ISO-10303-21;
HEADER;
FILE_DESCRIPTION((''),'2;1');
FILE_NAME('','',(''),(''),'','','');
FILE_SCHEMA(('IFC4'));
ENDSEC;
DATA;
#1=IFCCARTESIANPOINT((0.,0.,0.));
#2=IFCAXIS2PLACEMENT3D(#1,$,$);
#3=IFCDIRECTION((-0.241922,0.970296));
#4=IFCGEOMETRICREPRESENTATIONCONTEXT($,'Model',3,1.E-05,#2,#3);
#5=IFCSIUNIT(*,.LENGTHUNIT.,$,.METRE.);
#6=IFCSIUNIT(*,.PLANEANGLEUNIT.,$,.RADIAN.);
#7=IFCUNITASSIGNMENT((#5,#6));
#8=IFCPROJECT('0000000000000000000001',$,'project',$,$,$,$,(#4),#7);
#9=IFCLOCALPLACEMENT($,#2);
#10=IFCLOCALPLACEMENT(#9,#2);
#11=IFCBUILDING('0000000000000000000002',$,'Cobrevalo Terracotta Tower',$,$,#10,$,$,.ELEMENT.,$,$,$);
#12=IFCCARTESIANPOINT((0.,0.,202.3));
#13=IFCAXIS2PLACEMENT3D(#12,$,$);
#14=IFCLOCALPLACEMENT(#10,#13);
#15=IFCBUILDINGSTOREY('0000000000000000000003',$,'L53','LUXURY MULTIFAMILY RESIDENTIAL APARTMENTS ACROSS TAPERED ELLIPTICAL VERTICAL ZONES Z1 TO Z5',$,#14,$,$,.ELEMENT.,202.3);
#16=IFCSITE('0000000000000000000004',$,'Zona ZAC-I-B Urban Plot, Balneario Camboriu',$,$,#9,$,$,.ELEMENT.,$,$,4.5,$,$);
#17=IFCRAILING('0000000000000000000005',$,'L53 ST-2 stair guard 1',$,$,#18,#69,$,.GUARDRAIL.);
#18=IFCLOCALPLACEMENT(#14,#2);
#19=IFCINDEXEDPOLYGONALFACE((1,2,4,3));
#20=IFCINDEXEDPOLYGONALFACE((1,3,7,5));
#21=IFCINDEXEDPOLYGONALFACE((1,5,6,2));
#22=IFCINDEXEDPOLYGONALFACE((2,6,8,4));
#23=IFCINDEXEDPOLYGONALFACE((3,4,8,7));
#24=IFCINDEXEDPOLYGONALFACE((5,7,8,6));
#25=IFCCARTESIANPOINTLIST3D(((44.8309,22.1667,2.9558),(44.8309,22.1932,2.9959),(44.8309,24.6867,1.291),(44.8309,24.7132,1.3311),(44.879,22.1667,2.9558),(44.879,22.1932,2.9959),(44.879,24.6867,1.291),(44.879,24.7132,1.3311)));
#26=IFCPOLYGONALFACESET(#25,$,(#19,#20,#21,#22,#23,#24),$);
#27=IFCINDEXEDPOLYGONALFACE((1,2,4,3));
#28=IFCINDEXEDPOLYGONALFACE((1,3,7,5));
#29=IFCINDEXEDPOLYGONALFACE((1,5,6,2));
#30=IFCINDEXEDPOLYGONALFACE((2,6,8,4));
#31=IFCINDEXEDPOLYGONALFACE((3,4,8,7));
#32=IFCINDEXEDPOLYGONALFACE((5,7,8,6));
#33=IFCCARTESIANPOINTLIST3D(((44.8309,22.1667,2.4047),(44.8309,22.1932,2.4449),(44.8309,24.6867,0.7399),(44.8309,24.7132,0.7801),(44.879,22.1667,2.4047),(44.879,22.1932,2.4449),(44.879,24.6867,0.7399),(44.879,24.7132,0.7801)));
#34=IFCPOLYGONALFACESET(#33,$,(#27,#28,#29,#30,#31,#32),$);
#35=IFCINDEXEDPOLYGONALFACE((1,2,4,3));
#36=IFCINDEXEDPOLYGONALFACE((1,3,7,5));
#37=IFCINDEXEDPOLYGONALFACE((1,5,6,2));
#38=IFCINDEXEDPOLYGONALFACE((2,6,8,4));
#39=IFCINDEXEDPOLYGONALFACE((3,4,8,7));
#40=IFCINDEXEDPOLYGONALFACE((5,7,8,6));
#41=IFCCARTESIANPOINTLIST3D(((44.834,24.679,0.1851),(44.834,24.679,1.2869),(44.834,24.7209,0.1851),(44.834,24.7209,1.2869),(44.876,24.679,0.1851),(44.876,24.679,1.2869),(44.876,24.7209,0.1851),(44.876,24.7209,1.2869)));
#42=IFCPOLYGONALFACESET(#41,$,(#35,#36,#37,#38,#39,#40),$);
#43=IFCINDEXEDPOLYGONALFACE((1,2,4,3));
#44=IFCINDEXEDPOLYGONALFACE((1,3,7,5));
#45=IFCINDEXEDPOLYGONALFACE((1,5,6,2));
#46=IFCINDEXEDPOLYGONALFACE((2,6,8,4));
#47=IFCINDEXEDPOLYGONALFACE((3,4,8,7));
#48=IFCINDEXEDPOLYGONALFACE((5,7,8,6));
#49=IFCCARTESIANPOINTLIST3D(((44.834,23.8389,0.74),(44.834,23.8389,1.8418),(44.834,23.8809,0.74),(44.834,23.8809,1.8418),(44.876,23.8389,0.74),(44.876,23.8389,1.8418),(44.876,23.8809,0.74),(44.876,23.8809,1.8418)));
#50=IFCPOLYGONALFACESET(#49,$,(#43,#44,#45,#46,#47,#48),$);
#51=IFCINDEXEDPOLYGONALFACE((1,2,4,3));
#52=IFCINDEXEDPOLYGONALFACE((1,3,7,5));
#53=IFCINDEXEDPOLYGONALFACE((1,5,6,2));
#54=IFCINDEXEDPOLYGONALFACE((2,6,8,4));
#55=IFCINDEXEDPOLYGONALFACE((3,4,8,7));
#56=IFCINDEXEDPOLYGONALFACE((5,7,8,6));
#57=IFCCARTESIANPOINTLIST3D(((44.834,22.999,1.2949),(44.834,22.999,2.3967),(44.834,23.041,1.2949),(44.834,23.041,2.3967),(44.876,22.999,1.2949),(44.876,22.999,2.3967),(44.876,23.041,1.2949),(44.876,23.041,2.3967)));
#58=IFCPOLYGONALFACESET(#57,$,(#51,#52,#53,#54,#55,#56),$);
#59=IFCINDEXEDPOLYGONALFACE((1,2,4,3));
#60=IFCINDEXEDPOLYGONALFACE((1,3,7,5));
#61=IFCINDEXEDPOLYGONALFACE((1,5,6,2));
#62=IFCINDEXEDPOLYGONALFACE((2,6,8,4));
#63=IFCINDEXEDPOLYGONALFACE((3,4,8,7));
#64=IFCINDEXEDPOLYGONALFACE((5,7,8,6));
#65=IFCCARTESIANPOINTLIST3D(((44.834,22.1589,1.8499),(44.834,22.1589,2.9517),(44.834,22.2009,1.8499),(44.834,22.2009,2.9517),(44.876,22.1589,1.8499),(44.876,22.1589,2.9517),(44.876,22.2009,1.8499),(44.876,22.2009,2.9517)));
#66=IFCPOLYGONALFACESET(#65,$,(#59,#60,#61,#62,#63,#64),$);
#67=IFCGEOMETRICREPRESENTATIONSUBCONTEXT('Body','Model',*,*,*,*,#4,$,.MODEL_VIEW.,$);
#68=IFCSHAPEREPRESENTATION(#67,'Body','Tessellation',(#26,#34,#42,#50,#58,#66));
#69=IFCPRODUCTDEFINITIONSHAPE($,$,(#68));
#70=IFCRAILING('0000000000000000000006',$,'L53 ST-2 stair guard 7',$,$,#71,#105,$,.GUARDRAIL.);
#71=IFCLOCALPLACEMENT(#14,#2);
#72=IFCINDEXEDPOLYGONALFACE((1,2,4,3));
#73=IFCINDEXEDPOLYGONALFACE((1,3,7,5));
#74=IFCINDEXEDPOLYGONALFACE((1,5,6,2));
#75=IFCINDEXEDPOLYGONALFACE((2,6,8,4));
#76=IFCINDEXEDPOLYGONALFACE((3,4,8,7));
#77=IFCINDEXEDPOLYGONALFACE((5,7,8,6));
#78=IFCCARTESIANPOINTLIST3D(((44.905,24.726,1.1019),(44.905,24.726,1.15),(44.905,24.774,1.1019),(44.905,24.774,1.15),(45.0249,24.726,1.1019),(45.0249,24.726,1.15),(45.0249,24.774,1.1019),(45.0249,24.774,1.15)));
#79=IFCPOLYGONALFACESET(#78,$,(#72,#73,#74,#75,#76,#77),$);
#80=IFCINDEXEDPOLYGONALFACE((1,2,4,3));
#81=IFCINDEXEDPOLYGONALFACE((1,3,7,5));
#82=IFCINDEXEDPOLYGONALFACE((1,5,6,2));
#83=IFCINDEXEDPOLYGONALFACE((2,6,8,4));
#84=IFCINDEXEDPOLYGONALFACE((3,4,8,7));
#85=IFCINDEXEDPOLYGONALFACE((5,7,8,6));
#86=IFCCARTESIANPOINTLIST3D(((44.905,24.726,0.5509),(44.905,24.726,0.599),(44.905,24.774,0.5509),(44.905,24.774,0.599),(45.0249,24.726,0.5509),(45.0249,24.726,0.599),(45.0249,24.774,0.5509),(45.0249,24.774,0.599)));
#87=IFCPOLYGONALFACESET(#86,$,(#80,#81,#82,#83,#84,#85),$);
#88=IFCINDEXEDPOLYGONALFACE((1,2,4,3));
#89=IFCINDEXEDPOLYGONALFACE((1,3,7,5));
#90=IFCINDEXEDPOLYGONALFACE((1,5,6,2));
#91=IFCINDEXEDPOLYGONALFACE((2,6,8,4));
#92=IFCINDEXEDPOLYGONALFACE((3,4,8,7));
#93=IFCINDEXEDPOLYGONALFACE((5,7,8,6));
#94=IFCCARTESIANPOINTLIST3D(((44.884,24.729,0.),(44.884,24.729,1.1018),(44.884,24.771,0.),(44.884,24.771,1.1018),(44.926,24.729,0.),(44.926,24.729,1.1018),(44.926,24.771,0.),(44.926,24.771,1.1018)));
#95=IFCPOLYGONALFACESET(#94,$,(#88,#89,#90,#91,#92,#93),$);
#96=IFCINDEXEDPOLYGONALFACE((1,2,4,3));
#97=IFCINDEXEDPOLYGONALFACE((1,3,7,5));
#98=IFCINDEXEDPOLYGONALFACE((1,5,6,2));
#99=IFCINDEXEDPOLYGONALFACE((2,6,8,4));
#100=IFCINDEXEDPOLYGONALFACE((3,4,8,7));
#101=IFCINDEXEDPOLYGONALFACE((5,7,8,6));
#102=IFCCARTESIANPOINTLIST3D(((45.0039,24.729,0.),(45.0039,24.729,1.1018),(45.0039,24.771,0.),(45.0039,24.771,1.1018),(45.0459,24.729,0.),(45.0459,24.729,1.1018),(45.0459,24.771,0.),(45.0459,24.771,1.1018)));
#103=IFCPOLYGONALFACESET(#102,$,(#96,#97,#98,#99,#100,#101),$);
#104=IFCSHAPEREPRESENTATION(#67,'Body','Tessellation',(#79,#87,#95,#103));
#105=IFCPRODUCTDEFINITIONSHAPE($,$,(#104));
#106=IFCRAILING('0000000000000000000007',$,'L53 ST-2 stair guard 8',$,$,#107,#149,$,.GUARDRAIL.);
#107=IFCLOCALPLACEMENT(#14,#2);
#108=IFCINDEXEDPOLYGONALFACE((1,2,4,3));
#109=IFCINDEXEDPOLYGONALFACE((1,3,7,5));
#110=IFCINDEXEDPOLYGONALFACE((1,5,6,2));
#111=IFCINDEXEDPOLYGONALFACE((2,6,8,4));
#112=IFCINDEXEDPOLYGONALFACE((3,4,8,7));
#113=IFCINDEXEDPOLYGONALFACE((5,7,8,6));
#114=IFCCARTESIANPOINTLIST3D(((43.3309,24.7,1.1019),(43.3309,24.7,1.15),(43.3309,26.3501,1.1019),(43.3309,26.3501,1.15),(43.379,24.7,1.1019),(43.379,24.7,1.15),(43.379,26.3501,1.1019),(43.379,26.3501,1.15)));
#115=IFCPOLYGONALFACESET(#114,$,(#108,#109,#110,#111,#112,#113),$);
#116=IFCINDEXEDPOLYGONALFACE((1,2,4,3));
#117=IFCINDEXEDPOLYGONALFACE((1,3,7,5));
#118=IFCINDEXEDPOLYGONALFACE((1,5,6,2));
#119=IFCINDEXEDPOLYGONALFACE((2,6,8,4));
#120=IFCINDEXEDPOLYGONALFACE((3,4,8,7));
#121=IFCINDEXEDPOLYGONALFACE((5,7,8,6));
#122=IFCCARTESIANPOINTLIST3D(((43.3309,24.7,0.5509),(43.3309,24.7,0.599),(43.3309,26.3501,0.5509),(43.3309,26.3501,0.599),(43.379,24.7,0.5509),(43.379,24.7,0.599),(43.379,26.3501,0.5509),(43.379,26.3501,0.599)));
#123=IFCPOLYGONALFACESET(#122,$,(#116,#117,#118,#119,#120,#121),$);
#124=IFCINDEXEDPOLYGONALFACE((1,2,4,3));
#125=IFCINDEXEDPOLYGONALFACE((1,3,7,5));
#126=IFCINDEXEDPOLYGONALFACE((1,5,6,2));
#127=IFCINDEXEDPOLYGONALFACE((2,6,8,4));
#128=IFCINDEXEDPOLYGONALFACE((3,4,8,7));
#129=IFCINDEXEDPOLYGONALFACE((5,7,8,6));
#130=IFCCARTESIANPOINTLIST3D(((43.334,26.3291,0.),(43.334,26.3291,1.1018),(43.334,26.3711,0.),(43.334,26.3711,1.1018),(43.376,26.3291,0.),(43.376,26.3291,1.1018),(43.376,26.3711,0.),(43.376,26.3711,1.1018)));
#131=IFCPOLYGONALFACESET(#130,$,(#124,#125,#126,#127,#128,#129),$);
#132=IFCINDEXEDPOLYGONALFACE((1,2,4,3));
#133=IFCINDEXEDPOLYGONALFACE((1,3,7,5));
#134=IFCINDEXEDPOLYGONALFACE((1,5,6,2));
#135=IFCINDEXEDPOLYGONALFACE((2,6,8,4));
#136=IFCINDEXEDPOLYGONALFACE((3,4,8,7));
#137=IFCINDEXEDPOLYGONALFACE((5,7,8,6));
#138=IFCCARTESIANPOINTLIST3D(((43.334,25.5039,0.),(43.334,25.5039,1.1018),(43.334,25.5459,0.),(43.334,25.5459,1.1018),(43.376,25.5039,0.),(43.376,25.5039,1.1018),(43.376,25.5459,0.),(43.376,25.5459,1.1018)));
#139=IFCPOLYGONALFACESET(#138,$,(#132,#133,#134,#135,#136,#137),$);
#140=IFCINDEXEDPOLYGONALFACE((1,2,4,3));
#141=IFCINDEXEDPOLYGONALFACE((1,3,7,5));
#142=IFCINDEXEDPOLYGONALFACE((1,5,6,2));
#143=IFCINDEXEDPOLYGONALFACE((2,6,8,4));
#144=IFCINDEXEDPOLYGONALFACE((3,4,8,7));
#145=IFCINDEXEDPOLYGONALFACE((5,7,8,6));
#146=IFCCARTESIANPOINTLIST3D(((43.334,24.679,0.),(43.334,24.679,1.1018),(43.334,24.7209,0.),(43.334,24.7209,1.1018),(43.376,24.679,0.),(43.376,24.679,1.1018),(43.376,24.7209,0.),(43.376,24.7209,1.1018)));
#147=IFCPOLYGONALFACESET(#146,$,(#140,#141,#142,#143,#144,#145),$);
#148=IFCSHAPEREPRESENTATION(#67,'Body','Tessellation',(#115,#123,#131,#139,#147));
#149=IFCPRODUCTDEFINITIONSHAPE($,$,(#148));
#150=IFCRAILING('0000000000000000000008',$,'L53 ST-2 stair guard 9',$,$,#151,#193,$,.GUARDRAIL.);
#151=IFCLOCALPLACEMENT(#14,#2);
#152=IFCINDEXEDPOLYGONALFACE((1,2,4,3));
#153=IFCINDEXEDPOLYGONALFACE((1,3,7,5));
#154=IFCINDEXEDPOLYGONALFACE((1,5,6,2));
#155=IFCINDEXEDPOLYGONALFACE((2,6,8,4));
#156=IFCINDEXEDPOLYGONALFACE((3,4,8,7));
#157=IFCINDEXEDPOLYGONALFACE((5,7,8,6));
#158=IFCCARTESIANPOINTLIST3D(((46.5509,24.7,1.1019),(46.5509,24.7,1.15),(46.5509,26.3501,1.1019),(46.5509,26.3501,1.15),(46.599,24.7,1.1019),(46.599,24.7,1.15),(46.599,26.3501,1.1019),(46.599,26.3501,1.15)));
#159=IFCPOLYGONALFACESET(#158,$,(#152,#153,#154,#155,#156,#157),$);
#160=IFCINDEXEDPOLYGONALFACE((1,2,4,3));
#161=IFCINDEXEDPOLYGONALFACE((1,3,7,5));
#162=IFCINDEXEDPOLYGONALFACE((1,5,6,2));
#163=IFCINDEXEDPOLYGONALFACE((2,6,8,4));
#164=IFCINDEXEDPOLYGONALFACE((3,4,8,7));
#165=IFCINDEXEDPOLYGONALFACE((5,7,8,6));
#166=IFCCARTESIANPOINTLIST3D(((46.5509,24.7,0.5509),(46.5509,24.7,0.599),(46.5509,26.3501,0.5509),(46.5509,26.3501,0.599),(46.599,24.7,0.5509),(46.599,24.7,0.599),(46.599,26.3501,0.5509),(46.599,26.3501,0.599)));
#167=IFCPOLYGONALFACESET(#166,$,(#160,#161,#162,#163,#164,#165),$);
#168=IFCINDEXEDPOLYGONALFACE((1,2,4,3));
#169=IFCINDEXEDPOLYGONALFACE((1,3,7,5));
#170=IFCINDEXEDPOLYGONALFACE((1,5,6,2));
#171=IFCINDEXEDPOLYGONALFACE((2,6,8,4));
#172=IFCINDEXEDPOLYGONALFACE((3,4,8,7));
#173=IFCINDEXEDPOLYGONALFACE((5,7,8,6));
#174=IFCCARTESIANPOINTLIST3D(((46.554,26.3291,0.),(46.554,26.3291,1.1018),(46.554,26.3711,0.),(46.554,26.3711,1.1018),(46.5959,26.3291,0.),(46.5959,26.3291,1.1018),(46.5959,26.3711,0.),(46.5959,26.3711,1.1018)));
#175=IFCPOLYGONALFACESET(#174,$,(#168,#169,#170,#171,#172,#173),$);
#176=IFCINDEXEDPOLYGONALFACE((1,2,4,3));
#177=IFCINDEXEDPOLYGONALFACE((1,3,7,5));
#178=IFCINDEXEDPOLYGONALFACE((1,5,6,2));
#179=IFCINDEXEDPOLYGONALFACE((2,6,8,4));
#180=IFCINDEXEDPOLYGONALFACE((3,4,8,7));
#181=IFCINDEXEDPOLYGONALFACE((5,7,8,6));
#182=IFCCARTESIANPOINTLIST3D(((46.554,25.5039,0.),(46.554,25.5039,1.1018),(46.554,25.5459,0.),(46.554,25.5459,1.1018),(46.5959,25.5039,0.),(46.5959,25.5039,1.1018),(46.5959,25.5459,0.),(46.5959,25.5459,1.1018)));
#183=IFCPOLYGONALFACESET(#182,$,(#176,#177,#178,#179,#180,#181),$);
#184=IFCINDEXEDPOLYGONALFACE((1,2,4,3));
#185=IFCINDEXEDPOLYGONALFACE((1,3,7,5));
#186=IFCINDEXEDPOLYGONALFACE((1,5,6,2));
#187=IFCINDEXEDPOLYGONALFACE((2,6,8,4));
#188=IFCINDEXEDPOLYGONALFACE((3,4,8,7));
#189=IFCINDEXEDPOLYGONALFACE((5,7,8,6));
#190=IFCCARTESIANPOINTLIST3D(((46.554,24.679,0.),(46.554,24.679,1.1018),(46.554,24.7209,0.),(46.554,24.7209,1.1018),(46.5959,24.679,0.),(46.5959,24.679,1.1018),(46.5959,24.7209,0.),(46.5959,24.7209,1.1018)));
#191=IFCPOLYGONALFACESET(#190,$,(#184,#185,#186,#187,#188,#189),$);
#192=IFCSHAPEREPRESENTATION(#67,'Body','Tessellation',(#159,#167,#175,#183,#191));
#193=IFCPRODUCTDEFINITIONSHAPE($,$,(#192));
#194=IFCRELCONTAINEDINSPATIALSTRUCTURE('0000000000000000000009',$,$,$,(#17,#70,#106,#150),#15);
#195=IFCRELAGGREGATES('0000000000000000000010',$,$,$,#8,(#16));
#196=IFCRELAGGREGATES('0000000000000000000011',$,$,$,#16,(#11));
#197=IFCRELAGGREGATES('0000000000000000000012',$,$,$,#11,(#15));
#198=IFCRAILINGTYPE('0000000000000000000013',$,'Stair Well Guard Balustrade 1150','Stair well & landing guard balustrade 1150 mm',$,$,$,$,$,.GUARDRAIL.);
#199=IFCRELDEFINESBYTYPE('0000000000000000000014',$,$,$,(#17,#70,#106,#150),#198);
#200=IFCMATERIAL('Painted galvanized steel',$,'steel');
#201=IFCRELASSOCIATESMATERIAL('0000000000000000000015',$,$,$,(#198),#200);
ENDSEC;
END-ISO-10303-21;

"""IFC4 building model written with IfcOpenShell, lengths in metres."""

from ifc_helpers import new_model, si_unit, direction, frame, origin, origin_2d, place, context, subcontext, project, spatial, rectangle, extrude, material, type_object, element, save


model = new_model("IFC4")

# Units and contexts
model_context = context("Model", 3, precision=1e-05, world=origin(), true_north=direction((-0.241922, 0.970296)))
body_context = subcontext(model_context, "Body", "Model", "MODEL_VIEW")
ifc_project = project(units=[si_unit("LENGTHUNIT", "METRE"), si_unit("PLANEANGLEUNIT", "RADIAN")], contexts=[model_context])

# Site, building, storey
site_placement = place(None, origin())
site = spatial("IfcSite", under=ifc_project, at=site_placement, Name="Zona ZAC-I-B Urban Plot, Balneario Camboriu", CompositionType="ELEMENT", RefElevation=4.5)
building_placement = place(site_placement, origin())
building = spatial("IfcBuilding", under=site, at=building_placement, Name="Cobrevalo Terracotta Tower", CompositionType="ELEMENT")
storey_placement = place(building_placement, frame((0.0, 0.0, 202.3)))
storey = spatial("IfcBuildingStorey", under=building, at=storey_placement, Name="L53", Description="LUXURY MULTIFAMILY RESIDENTIAL APARTMENTS ACROSS TAPERED ELLIPTICAL VERTICAL ZONES Z1 TO Z5", CompositionType="ELEMENT", Elevation=202.3)

# Railings
ifc_material_1 = material(Name="Painted galvanized steel", Category="steel")
railing_type_1 = type_object("IfcRailingType", Name="Stair Well Guard Balustrade 1150", Description="Stair well & landing guard balustrade 1150 mm", PredefinedType="GUARDRAIL", material=ifc_material_1)
railing_1_placement = place(storey_placement, frame((44.855, 24.7, 0.1851)))
element("IfcRailing", 1, at=railing_1_placement, inside=storey, type_object=railing_type_1, Name="L53 ST-2 stair guard 1", PredefinedType="GUARDRAIL", context=body_context, shape_type="SweptSolid", body=[
    extrude(rectangle(XDim=0.0481, YDim=0.0481, at=origin_2d()), frame((0.0, 0.0, 1.126), z_axis=(0.0, -0.834369, 0.551207), x_axis=(1.0, 0.0, 0.0)), (0.0, 0.0, 1.0), 3.0203),
    extrude(rectangle(XDim=0.0481, YDim=0.0481, at=origin_2d()), frame((0.0, 0.0, 0.575), z_axis=(0.0, -0.834369, 0.551207), x_axis=(1.0, 0.0, 0.0)), (0.0, 0.0, 1.0), 3.0203),
    extrude(rectangle(XDim=0.042, YDim=0.042, at=origin_2d()), origin(), (0.0, 0.0, 1.0), 1.1018),
    extrude(rectangle(XDim=0.042, YDim=0.042, at=origin_2d()), frame((0.0, -0.8401, 0.5549)), (0.0, 0.0, 1.0), 1.1018),
    extrude(rectangle(XDim=0.042, YDim=0.042, at=origin_2d()), frame((0.0, -1.6799, 1.1099)), (0.0, 0.0, 1.0), 1.1018),
    extrude(rectangle(XDim=0.042, YDim=0.042, at=origin_2d()), frame((0.0, -2.52, 1.6648)), (0.0, 0.0, 1.0), 1.1018),
])
railing_2_placement = place(storey_placement, frame((44.905, 24.75, 0.0)))
element("IfcRailing", 2, at=railing_2_placement, inside=storey, type_object=railing_type_1, Name="L53 ST-2 stair guard 7", PredefinedType="GUARDRAIL", context=body_context, shape_type="SweptSolid", body=[
    extrude(rectangle(XDim=0.0481, YDim=0.0481, at=origin_2d()), frame((0.0, 0.0, 1.126), z_axis=(1.0, 0.0, 0.0), x_axis=(0.0, 1.0, 0.0)), (0.0, 0.0, 1.0), 0.1199),
    extrude(rectangle(XDim=0.0481, YDim=0.0481, at=origin_2d()), frame((0.0, 0.0, 0.575), z_axis=(1.0, 0.0, 0.0), x_axis=(0.0, 1.0, 0.0)), (0.0, 0.0, 1.0), 0.1199),
    extrude(rectangle(XDim=0.042, YDim=0.042, at=origin_2d()), origin(), (0.0, 0.0, 1.0), 1.1018),
    extrude(rectangle(XDim=0.042, YDim=0.042, at=origin_2d()), frame((0.1199, 0.0, 0.0)), (0.0, 0.0, 1.0), 1.1018),
])
for number, where, name in (
    (3, (43.355, 26.3501, 0.0), "L53 ST-2 stair guard 8"),
    (4, (46.575, 26.3501, 0.0), "L53 ST-2 stair guard 9"),
):
    element("IfcRailing", number, at=place(storey_placement, frame(where)), inside=storey, type_object=railing_type_1, Name=name, PredefinedType="GUARDRAIL", context=body_context, shape_type="SweptSolid", body=[
        extrude(rectangle(XDim=0.0481, YDim=0.0481, at=origin_2d()), frame((0.0, 0.0, 1.126), z_axis=(0.0, -1.0, 0.0), x_axis=(1.0, 0.0, 0.0)), (0.0, 0.0, 1.0), 1.6501),
        extrude(rectangle(XDim=0.0481, YDim=0.0481, at=origin_2d()), frame((0.0, 0.0, 0.575), z_axis=(0.0, -1.0, 0.0), x_axis=(1.0, 0.0, 0.0)), (0.0, 0.0, 1.0), 1.6501),
        extrude(rectangle(XDim=0.042, YDim=0.042, at=origin_2d()), origin(), (0.0, 0.0, 1.0), 1.1018),
        extrude(rectangle(XDim=0.042, YDim=0.042, at=origin_2d()), frame((0.0, -0.8252, 0.0)), (0.0, 0.0, 1.0), 1.1018),
        extrude(rectangle(XDim=0.042, YDim=0.042, at=origin_2d()), frame((0.0, -1.6501, 0.0)), (0.0, 0.0, 1.0), 1.1018),
    ])

save(model, "model.ifc")
